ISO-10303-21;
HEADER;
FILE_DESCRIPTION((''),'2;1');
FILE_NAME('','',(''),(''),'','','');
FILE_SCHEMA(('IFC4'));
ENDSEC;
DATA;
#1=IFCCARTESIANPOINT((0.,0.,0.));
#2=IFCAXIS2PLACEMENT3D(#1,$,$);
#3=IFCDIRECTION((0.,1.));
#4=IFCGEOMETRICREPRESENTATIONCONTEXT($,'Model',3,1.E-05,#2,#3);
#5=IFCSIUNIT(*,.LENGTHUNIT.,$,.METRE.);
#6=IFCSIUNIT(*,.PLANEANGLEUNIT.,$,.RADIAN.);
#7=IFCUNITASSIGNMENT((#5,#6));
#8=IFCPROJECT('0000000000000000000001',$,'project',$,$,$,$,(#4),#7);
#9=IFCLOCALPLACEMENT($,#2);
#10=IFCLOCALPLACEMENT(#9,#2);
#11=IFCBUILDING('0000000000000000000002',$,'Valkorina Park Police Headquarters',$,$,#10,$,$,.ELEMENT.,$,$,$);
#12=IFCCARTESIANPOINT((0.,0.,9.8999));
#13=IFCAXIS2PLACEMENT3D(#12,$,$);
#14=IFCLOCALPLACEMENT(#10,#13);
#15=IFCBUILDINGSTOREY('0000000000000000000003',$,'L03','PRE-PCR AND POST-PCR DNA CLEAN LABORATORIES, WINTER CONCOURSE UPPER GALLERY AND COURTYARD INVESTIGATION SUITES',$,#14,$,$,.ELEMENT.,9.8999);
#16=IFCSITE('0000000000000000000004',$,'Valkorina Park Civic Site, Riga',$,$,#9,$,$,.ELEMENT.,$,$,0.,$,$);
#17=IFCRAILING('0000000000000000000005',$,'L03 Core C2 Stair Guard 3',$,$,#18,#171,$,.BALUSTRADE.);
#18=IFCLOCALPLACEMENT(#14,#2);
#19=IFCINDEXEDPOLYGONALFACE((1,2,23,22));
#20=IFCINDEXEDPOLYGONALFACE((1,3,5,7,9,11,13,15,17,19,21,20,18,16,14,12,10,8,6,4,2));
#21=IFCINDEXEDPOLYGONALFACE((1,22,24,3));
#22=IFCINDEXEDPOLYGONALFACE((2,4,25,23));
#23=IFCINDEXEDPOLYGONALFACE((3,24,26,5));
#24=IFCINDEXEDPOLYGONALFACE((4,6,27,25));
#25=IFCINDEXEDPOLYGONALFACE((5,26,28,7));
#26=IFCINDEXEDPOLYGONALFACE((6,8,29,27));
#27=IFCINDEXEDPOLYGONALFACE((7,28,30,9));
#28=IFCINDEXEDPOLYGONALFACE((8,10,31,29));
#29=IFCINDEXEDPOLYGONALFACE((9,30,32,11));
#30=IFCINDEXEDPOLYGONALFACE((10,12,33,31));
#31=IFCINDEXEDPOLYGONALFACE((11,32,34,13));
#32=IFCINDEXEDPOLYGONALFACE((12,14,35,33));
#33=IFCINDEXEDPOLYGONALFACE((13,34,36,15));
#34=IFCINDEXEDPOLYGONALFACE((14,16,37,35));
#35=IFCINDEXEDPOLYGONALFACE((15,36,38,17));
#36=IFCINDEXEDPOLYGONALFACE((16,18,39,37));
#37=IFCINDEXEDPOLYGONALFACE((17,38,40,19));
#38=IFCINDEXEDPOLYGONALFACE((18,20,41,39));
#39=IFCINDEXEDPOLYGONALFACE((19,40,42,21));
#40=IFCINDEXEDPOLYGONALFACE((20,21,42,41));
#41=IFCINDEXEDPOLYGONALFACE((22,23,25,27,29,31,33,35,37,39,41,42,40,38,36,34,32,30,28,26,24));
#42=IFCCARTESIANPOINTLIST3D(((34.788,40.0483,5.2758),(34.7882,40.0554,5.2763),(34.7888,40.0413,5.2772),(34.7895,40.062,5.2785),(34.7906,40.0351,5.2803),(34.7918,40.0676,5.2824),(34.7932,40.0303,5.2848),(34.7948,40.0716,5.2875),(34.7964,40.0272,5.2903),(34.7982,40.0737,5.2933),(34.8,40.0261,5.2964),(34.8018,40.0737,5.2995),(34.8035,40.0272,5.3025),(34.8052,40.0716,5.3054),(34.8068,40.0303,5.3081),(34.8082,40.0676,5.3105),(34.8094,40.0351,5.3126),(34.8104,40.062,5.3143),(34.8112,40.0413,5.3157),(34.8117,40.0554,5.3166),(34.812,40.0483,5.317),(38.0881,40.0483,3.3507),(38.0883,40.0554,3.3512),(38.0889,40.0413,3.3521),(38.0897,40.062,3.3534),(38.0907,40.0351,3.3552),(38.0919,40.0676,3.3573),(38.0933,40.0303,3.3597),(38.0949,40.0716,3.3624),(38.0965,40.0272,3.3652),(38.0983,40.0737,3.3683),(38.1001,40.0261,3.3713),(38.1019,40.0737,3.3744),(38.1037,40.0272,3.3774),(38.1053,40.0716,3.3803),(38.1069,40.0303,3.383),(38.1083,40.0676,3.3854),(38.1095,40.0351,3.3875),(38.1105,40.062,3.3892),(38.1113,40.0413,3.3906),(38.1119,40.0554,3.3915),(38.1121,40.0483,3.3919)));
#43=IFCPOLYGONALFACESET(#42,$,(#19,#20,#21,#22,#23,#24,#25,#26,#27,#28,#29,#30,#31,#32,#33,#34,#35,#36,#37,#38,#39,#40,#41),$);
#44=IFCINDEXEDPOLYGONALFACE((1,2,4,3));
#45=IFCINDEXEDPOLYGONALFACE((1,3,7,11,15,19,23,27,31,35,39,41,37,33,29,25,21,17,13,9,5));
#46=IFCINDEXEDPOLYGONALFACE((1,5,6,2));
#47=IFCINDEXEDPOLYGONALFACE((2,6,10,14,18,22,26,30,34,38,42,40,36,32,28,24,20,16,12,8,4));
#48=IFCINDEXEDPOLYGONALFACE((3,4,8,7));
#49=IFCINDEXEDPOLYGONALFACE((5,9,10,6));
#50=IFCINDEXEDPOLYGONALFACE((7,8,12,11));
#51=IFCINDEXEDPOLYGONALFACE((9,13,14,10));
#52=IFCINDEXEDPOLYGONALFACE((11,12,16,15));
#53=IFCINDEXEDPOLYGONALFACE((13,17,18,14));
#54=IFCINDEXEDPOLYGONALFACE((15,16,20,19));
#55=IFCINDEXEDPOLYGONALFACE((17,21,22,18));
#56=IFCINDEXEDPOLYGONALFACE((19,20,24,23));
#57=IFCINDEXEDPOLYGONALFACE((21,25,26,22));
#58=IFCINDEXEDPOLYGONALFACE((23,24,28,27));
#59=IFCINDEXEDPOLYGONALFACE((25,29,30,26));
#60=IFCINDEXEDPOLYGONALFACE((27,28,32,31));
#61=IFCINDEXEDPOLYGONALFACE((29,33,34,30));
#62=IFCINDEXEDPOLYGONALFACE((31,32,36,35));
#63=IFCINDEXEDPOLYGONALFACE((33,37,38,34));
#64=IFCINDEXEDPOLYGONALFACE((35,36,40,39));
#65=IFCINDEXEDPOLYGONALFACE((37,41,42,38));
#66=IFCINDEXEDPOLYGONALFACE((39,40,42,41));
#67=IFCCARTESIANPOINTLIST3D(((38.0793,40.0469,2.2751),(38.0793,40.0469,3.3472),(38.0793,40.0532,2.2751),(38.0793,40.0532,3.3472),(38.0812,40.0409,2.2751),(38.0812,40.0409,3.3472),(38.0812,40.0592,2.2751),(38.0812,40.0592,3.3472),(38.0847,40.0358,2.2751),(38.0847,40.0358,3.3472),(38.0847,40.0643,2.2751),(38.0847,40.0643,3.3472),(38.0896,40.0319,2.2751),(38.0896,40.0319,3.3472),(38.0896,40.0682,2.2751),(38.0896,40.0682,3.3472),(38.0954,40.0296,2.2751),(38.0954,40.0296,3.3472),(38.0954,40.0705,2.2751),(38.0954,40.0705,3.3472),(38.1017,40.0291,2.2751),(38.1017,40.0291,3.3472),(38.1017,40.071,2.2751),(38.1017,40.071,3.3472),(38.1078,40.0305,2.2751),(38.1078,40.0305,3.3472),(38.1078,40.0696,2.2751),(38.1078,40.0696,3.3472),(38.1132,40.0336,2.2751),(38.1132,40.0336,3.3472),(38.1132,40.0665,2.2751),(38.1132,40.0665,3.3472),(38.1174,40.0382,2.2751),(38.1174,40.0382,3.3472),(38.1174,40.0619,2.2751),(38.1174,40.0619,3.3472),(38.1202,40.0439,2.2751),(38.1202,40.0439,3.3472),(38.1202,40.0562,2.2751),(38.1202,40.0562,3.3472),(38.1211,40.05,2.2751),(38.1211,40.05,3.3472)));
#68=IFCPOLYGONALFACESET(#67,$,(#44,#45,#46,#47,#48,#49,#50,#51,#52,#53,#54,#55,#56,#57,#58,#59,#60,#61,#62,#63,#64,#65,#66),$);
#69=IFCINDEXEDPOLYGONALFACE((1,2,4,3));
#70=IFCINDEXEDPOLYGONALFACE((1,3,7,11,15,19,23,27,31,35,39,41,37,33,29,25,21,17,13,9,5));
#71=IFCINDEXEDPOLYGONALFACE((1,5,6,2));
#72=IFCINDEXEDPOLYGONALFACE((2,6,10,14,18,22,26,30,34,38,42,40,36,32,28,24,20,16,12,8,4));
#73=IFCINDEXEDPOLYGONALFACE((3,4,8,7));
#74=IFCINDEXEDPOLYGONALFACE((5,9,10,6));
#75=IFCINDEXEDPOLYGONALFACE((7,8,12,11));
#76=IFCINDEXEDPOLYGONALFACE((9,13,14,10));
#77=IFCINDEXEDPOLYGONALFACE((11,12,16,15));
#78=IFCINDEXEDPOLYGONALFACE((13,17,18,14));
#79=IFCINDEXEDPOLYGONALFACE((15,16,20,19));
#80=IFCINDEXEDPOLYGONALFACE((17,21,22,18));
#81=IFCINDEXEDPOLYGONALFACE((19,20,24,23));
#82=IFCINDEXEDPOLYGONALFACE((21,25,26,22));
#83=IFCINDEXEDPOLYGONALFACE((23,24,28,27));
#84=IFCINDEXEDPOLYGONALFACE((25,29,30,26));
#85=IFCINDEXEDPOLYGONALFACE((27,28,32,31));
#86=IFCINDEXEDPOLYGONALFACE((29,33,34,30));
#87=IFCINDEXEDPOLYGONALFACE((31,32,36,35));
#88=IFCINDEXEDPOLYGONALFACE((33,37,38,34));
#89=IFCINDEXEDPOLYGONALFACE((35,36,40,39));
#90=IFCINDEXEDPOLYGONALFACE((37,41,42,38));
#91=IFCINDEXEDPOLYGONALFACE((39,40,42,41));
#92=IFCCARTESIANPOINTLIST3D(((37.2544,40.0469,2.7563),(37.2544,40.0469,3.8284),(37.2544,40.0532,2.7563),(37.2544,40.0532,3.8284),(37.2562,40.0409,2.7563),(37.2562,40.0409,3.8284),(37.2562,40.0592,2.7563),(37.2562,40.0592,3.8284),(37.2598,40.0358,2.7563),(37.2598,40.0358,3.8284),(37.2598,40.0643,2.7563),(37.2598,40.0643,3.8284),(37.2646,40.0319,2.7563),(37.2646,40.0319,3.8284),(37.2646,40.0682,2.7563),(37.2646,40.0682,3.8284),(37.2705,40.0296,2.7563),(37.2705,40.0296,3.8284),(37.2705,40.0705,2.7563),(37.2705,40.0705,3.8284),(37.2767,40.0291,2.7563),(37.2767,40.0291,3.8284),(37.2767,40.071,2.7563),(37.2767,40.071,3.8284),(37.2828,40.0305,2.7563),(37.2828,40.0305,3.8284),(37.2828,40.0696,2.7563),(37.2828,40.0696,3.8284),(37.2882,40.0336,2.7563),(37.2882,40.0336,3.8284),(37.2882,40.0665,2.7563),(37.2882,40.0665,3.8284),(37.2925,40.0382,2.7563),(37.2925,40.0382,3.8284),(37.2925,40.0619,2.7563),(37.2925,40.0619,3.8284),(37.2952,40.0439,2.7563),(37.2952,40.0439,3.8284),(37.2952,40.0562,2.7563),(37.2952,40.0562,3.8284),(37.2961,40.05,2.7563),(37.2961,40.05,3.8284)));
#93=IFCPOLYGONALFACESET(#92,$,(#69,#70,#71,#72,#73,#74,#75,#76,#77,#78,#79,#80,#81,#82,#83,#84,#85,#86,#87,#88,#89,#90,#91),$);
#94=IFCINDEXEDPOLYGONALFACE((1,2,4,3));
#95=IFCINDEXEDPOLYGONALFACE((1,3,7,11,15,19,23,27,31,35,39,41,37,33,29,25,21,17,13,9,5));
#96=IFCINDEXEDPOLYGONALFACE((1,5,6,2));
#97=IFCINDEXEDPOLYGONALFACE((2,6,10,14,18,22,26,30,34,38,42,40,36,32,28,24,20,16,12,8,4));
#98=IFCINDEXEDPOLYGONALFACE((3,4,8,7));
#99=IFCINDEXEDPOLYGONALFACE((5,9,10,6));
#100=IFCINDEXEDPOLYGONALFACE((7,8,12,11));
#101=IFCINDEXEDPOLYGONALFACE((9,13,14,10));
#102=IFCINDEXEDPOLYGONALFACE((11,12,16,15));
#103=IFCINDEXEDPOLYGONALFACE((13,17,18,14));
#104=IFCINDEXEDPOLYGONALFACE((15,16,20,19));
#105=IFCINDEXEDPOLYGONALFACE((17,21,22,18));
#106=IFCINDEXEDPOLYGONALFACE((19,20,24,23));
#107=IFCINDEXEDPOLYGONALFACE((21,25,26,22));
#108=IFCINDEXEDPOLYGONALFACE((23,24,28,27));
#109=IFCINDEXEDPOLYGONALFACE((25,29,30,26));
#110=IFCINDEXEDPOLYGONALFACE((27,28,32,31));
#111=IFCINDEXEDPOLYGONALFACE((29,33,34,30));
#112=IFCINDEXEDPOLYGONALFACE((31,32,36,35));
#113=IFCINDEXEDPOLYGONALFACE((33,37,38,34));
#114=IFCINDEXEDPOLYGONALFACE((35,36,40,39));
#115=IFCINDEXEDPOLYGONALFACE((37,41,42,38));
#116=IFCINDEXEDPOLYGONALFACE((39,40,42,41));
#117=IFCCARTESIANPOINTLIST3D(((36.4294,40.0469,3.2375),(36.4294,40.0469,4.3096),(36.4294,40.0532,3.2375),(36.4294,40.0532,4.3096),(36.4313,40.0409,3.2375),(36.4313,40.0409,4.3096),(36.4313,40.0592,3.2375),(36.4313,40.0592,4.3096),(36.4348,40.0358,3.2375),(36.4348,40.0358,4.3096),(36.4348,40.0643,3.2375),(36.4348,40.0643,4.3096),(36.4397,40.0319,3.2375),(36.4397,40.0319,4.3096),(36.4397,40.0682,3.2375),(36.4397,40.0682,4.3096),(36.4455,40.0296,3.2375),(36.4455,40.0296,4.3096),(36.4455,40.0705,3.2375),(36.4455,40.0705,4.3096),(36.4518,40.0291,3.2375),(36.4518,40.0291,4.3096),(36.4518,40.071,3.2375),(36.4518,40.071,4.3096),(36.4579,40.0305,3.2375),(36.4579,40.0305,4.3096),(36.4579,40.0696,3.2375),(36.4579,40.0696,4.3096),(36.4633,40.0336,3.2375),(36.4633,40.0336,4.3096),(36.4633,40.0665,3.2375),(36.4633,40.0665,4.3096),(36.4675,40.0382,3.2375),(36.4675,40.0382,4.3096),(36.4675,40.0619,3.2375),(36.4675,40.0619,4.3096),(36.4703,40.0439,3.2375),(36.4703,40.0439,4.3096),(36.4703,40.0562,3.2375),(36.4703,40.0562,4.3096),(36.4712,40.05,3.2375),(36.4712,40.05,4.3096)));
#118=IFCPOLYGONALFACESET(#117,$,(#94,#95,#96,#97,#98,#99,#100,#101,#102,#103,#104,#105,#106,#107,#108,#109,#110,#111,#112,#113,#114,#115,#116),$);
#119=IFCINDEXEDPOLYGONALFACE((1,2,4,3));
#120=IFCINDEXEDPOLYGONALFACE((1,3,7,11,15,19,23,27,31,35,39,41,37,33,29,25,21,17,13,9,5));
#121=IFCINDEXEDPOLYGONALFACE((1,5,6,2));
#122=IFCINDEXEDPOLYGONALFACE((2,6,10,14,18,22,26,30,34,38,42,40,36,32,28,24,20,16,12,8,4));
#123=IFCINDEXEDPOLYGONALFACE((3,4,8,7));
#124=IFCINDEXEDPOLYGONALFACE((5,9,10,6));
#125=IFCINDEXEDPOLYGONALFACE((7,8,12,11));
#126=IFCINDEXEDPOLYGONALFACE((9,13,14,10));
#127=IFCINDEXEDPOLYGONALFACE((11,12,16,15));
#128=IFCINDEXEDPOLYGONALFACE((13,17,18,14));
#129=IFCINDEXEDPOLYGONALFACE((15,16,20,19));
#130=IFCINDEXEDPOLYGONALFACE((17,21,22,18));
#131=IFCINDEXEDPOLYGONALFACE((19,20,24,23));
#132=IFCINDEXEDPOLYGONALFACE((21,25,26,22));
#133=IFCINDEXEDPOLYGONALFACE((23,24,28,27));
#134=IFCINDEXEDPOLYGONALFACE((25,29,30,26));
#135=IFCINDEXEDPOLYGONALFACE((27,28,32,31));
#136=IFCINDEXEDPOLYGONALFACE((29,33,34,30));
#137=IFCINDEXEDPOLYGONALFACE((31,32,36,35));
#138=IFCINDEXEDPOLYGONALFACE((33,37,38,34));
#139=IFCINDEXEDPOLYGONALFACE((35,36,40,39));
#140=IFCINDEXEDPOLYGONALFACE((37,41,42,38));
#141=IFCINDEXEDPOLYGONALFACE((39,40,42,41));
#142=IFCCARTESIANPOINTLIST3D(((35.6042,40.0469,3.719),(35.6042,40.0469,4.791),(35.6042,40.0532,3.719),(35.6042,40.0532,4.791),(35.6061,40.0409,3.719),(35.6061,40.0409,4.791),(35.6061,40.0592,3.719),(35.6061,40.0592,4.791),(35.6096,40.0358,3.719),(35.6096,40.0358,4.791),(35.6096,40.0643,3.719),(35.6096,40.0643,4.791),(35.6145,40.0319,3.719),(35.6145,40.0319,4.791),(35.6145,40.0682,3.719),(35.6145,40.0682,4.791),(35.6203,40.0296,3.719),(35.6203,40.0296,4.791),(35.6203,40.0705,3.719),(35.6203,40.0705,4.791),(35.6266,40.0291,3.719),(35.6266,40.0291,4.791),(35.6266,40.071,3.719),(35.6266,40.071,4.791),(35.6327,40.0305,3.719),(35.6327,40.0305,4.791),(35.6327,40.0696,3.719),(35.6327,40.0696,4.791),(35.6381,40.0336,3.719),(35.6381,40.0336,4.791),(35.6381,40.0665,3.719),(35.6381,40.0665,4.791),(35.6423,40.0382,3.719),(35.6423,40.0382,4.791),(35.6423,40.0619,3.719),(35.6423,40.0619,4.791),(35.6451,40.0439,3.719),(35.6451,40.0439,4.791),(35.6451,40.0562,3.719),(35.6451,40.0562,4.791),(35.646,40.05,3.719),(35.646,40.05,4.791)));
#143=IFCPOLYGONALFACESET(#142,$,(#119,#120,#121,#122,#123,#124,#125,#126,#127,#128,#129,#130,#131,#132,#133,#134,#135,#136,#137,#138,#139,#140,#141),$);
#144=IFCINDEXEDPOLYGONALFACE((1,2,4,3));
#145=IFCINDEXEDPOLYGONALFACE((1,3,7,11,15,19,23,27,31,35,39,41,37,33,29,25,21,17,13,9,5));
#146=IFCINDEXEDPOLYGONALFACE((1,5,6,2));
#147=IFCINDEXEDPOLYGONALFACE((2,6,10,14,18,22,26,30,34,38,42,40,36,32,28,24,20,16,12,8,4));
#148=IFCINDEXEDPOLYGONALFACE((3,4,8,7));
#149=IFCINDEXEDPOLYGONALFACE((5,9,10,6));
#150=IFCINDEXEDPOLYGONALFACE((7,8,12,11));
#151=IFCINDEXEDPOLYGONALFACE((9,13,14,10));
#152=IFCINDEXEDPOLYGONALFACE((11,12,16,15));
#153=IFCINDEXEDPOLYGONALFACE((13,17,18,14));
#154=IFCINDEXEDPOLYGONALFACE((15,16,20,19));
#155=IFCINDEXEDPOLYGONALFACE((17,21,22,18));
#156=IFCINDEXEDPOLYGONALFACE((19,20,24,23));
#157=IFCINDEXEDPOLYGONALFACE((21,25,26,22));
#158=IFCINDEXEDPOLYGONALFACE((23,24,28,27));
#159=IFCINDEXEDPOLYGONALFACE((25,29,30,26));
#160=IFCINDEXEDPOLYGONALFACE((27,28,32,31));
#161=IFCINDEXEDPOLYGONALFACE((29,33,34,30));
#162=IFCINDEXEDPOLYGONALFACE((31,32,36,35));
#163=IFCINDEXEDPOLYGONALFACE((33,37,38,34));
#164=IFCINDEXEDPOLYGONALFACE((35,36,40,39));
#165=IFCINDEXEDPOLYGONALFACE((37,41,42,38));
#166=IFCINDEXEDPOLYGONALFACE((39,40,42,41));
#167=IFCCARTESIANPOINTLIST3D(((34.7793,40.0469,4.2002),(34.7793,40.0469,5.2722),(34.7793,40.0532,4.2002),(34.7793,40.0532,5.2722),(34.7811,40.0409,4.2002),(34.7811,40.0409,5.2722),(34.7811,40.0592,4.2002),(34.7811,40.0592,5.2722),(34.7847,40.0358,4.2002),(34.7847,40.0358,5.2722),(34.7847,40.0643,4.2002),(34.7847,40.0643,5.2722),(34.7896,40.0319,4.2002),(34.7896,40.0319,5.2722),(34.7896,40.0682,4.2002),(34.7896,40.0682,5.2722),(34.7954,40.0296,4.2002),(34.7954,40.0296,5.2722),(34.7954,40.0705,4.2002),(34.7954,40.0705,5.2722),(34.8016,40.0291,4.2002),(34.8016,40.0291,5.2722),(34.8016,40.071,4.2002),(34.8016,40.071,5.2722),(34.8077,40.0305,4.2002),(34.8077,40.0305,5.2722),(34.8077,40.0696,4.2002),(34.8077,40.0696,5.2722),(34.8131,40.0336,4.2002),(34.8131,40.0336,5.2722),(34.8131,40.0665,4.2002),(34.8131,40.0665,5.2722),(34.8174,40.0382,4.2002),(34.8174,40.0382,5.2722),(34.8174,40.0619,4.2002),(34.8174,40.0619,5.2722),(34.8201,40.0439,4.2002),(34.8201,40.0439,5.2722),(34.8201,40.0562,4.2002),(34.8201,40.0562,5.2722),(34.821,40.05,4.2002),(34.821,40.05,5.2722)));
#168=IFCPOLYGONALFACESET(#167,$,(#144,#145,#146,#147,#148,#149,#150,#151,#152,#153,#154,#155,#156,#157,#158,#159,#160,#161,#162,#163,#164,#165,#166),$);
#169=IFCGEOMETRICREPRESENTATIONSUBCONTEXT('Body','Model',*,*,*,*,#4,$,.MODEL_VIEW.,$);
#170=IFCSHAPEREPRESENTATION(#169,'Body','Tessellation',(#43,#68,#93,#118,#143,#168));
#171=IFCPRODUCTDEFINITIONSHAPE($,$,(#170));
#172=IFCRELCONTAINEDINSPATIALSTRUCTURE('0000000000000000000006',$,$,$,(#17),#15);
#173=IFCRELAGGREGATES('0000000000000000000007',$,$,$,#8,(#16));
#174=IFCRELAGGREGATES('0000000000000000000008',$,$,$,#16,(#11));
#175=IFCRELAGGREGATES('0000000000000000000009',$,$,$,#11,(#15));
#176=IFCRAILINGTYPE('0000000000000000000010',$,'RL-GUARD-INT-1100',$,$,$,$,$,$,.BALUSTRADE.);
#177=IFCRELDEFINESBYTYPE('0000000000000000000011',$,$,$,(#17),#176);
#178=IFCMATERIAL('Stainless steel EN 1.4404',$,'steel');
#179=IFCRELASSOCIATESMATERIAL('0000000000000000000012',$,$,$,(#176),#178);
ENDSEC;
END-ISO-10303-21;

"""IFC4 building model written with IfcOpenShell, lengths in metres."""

from ifc_helpers import new_model, si_unit, direction, frame, origin, origin_2d, place, context, subcontext, project, spatial, circle, extrude, material, type_object, element, save


model = new_model("IFC4")

# Units and contexts
model_context = context("Model", 3, precision=1e-05, world=origin(), true_north=direction((0.0, 1.0)))
body_context = subcontext(model_context, "Body", "Model", "MODEL_VIEW")
ifc_project = project(units=[si_unit("LENGTHUNIT", "METRE"), si_unit("PLANEANGLEUNIT", "RADIAN")], contexts=[model_context])

# Site, building, storey
site_placement = place(None, origin())
site = spatial("IfcSite", under=ifc_project, at=site_placement, Name="Valkorina Park Civic Site, Riga", CompositionType="ELEMENT", RefElevation=0.0)
building_placement = place(site_placement, origin())
building = spatial("IfcBuilding", under=site, at=building_placement, Name="Valkorina Park Police Headquarters", CompositionType="ELEMENT")
storey_placement = place(building_placement, frame((0.0, 0.0, 9.8999)))
storey = spatial("IfcBuildingStorey", under=building, at=storey_placement, Name="L03", Description="PRE-PCR AND POST-PCR DNA CLEAN LABORATORIES, WINTER CONCOURSE UPPER GALLERY AND COURTYARD INVESTIGATION SUITES", CompositionType="ELEMENT", Elevation=9.8999)

# Shared definitions
ifc_material_1 = material(Name="Stainless steel EN 1.4404", Category="steel")

# Railing
railing_type_1 = type_object("IfcRailingType", Name="RL-GUARD-INT-1100", PredefinedType="BALUSTRADE", material=ifc_material_1)
railing_1_placement = place(storey_placement, frame((38.1001, 40.05, 2.2751)))
element("IfcRailing", 1, at=railing_1_placement, inside=storey, type_object=railing_type_1, Name="L03 Core C2 Stair Guard 3", PredefinedType="BALUSTRADE", context=body_context, shape_type="SweptSolid", body=[
    extrude(circle(Radius=0.0239, at=origin_2d()), frame((0.0, 0.0, 1.0962), z_axis=(-0.863777, 0.0, 0.503875), x_axis=(0.0, -1.0, 0.0)), (0.0, 0.0, 1.0), 3.8206),
    extrude(circle(Radius=0.021, at=origin_2d()), origin(), (0.0, 0.0, 1.0), 1.072),
    extrude(circle(Radius=0.021, at=origin_2d()), frame((-0.825, 0.0, 0.4812)), (0.0, 0.0, 1.0), 1.072),
    extrude(circle(Radius=0.021, at=origin_2d()), frame((-1.6499, 0.0, 0.9624)), (0.0, 0.0, 1.0), 1.072),
    extrude(circle(Radius=0.021, at=origin_2d()), frame((-2.4751, 0.0, 1.4438)), (0.0, 0.0, 1.0), 1.072),
    extrude(circle(Radius=0.021, at=origin_2d()), frame((-3.3, 0.0, 1.925)), (0.0, 0.0, 1.0), 1.072),
])

save(model, "model.ifc")
